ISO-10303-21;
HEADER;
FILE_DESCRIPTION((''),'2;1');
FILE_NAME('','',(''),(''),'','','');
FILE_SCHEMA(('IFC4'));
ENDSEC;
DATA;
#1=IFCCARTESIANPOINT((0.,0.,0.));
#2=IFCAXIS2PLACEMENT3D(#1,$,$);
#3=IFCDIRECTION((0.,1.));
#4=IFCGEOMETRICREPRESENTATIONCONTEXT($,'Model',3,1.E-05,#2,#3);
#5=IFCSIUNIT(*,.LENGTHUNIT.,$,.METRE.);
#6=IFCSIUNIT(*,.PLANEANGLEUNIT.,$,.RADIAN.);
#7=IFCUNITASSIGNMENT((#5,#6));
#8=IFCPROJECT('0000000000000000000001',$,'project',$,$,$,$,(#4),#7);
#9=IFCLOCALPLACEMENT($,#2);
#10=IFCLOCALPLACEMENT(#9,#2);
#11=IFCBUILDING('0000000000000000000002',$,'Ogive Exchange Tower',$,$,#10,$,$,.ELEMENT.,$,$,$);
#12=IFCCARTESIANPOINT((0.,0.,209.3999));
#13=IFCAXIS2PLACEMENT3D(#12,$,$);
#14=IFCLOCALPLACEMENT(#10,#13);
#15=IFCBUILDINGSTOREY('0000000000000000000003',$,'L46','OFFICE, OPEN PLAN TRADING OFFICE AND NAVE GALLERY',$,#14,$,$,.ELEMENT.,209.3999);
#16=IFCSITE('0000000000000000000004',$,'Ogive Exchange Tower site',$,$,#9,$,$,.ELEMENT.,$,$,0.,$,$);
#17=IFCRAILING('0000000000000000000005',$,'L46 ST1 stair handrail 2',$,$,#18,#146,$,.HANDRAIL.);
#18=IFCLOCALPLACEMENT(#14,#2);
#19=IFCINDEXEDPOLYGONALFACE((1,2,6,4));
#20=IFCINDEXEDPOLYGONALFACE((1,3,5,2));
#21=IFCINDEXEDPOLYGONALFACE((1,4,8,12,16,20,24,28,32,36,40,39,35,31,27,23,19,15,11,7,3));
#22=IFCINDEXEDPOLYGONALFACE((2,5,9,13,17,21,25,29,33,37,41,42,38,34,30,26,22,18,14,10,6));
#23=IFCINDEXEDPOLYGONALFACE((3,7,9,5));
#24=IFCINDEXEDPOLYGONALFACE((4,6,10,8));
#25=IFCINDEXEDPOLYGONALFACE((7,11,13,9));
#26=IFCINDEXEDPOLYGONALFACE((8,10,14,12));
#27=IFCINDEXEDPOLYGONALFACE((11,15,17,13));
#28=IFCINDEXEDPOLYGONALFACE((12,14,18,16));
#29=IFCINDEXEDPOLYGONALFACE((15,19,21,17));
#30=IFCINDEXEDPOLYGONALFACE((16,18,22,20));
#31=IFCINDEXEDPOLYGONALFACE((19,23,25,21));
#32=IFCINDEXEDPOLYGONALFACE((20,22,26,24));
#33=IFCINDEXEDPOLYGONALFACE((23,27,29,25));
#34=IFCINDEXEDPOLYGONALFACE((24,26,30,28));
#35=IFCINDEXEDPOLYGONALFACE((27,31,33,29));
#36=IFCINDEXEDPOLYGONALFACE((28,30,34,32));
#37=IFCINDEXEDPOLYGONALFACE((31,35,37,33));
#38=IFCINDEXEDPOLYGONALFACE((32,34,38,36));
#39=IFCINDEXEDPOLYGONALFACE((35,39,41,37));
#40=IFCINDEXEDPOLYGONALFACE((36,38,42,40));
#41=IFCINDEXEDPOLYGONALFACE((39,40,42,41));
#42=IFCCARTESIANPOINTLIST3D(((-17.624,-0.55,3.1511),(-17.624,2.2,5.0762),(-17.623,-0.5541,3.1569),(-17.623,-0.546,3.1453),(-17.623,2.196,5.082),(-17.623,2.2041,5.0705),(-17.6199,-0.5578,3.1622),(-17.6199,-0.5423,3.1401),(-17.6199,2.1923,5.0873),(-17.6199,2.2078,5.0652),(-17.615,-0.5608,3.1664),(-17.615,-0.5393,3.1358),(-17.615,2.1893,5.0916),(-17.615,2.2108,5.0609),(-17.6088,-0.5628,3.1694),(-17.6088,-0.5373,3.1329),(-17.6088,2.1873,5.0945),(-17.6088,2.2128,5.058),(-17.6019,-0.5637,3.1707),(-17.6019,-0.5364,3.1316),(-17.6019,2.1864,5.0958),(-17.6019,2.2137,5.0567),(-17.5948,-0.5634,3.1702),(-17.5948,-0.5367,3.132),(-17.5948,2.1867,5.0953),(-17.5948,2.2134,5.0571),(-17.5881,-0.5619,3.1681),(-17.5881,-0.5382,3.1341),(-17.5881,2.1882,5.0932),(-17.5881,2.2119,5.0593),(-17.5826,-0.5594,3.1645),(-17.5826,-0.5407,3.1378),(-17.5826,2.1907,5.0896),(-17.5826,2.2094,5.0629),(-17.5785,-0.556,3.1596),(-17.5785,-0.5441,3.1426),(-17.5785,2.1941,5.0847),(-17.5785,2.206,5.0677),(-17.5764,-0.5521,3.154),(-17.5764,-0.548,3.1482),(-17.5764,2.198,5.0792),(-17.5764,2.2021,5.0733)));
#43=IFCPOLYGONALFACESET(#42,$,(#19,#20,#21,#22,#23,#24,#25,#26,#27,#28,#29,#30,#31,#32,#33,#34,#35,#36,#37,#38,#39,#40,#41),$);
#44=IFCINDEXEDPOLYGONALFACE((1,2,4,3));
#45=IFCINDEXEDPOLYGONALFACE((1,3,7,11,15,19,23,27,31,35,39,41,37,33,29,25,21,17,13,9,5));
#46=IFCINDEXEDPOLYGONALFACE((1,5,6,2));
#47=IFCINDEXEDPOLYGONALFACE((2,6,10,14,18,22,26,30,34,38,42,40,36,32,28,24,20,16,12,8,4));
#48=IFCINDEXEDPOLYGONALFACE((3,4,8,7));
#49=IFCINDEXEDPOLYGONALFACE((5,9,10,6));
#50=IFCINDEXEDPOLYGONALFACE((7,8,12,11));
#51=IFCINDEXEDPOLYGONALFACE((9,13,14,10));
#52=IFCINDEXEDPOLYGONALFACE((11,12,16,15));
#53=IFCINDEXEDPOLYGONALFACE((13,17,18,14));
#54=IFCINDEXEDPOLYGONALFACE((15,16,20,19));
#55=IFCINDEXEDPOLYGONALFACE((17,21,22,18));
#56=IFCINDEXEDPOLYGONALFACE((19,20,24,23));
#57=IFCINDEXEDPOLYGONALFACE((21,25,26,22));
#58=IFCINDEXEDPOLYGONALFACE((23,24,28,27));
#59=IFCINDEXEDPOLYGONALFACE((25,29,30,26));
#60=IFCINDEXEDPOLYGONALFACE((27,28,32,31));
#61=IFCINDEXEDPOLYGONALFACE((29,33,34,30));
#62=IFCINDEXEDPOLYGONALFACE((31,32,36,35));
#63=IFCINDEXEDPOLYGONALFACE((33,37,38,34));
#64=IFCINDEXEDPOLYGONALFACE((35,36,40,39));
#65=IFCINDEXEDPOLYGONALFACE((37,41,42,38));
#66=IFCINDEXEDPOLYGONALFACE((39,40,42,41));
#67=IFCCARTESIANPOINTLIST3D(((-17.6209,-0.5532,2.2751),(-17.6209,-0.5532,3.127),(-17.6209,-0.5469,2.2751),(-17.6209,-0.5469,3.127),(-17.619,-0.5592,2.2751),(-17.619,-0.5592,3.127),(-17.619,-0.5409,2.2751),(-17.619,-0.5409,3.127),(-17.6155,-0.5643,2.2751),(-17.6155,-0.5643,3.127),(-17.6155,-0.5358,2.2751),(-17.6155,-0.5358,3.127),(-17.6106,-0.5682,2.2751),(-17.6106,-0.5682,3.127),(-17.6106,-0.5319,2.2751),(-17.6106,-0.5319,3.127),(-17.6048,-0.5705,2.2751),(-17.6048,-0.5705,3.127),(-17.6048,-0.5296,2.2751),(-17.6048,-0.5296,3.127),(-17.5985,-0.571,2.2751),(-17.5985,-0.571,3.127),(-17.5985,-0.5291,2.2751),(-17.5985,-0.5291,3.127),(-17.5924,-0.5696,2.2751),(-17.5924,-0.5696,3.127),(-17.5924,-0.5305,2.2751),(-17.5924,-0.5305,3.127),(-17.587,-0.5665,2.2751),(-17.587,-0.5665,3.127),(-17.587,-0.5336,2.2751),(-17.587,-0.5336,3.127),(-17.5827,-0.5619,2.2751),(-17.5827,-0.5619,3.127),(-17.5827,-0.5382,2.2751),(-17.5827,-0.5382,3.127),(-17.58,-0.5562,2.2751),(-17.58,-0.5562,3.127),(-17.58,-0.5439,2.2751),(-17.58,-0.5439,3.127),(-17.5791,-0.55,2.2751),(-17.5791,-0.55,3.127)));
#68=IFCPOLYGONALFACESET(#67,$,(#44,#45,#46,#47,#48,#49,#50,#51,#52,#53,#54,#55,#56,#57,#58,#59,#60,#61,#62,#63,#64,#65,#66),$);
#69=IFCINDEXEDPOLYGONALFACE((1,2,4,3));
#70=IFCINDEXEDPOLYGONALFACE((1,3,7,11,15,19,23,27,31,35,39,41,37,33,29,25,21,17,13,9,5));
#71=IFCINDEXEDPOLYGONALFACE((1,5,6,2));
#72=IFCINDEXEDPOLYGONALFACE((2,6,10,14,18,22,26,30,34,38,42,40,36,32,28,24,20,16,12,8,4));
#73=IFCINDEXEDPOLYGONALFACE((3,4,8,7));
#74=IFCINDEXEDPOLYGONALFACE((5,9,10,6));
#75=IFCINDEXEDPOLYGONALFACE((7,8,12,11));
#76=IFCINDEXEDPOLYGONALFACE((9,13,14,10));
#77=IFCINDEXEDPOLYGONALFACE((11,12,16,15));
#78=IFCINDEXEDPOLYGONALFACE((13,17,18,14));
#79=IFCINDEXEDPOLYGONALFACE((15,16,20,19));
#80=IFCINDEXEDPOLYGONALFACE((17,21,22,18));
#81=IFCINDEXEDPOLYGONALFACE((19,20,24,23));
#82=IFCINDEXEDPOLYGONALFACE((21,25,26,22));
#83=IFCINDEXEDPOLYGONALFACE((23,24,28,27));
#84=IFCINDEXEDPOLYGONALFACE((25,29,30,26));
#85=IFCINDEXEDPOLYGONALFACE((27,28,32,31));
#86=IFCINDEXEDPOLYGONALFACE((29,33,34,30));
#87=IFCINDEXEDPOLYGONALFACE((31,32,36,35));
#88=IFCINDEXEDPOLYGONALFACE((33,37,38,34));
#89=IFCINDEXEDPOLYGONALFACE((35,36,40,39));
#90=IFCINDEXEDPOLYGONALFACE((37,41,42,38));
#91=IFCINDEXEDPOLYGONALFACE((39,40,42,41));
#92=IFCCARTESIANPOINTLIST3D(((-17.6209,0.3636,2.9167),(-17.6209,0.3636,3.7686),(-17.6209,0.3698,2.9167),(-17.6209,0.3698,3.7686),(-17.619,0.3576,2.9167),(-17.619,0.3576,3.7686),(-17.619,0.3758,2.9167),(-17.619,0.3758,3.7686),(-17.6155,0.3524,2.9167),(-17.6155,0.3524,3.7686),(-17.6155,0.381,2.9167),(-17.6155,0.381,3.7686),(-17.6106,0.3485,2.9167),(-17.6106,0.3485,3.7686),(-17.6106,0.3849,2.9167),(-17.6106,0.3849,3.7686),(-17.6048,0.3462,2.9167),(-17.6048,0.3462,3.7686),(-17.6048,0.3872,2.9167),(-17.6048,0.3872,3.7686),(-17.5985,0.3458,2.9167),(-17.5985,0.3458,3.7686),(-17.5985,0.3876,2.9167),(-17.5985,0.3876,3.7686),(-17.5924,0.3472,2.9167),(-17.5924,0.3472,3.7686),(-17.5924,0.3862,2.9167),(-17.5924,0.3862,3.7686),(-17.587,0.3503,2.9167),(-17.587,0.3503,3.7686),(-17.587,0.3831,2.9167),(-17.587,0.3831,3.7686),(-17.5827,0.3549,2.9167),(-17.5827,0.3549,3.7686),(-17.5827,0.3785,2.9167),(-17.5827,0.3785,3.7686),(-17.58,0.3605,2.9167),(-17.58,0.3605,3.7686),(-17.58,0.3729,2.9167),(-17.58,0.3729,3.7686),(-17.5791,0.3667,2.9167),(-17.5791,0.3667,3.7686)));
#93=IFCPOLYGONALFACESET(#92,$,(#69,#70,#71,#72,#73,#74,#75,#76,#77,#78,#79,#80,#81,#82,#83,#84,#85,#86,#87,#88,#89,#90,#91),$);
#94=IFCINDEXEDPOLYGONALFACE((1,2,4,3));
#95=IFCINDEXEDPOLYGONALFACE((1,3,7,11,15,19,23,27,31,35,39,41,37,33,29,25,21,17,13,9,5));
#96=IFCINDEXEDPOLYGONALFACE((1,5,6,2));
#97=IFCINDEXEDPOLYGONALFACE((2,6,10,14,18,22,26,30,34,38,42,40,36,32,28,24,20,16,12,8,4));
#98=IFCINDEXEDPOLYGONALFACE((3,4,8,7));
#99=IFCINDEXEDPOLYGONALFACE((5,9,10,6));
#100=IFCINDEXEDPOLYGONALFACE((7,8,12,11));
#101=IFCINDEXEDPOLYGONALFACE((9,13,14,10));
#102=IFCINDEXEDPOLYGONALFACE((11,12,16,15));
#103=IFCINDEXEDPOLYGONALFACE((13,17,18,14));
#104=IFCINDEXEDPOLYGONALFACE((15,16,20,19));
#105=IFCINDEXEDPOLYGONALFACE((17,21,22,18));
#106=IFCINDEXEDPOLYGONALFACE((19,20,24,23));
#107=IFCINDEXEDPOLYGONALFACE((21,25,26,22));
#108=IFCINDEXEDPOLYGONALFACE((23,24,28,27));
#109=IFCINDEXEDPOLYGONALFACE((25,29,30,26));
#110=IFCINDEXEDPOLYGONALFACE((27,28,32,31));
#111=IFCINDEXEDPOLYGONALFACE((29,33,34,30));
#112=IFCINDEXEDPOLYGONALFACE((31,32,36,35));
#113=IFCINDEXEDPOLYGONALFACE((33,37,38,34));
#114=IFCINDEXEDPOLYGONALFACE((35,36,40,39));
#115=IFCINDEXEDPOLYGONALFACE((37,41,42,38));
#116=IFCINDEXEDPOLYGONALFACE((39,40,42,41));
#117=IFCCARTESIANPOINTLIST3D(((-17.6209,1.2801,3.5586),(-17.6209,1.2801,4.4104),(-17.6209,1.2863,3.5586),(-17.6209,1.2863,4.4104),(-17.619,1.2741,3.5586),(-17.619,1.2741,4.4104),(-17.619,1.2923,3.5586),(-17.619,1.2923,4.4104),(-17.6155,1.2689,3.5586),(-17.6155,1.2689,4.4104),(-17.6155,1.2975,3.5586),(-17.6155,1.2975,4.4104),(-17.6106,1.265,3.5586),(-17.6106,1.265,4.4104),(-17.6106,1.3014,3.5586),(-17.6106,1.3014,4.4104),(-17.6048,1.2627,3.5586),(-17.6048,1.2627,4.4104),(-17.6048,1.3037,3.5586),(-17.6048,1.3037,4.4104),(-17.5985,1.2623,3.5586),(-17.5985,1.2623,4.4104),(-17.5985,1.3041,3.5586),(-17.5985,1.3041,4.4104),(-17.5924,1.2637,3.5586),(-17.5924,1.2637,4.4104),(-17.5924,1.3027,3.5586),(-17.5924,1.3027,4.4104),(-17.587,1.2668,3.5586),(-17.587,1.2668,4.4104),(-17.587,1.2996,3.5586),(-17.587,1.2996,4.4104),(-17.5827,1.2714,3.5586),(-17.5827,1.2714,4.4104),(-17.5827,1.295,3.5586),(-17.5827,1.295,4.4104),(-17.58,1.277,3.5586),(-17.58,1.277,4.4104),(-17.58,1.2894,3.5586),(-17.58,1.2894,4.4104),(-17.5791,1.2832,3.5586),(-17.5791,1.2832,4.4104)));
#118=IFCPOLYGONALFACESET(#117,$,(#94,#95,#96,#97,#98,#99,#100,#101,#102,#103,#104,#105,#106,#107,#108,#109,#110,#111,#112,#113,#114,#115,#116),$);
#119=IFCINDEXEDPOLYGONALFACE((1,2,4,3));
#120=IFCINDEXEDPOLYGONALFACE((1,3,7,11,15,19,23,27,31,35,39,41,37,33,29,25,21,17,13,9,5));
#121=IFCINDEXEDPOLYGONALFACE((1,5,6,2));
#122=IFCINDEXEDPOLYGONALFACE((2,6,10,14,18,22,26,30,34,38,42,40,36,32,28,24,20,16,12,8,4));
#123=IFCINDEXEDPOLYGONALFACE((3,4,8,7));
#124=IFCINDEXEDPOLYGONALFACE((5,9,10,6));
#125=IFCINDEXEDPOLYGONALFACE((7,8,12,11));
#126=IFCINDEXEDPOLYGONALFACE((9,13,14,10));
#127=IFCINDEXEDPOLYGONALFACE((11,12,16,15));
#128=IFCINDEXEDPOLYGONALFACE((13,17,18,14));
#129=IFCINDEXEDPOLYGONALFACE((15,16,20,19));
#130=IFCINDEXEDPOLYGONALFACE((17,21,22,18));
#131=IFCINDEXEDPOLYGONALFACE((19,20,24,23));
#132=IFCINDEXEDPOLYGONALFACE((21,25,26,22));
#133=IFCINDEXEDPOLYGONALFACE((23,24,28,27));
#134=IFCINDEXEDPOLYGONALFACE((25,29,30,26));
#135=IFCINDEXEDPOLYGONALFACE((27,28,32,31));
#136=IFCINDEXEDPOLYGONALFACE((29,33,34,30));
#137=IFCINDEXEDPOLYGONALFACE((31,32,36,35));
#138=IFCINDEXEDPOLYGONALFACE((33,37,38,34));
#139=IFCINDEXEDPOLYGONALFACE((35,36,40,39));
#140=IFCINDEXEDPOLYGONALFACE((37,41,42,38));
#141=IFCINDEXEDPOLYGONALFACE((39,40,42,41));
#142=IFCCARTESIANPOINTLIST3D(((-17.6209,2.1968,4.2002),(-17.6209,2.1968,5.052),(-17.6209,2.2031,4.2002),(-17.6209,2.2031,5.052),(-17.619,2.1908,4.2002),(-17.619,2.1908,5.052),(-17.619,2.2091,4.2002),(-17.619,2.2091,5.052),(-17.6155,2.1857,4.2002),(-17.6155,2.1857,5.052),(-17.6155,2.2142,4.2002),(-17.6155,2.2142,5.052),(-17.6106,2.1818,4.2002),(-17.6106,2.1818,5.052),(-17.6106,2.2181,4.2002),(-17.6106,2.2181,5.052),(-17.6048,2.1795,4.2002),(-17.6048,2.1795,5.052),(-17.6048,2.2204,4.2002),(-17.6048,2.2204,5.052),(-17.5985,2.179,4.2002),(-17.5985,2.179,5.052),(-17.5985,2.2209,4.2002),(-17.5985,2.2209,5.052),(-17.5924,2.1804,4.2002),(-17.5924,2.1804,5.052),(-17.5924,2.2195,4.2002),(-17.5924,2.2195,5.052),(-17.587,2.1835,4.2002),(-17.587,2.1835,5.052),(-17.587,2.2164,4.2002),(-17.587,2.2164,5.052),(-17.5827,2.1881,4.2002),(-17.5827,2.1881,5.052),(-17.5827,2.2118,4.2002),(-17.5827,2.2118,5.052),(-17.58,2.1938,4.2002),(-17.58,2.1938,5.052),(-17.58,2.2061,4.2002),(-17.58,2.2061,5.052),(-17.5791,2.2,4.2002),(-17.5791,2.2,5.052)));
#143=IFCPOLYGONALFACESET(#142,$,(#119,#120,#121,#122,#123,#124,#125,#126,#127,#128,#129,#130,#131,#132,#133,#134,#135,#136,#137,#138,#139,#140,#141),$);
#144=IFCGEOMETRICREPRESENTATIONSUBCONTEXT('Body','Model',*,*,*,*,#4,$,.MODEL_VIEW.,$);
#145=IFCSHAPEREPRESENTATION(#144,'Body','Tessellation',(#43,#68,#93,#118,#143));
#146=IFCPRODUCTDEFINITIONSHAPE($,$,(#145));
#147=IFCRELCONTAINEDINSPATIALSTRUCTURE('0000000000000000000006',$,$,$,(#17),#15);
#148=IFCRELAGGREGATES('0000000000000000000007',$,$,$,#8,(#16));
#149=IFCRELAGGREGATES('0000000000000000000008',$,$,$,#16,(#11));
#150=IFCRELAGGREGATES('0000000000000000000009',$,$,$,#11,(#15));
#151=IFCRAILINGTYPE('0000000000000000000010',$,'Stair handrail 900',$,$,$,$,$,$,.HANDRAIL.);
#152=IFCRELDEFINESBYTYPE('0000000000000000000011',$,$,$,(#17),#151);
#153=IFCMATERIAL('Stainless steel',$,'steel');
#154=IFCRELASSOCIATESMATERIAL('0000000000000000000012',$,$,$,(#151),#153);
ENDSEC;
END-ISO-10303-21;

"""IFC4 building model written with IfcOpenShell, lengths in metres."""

from ifc_helpers import new_model, si_unit, direction, frame, origin, origin_2d, place, context, subcontext, project, spatial, circle, extrude, material, type_object, element, save


model = new_model("IFC4")

# Units and contexts
model_context = context("Model", 3, precision=1e-05, world=origin(), true_north=direction((0.0, 1.0)))
body_context = subcontext(model_context, "Body", "Model", "MODEL_VIEW")
ifc_project = project(units=[si_unit("LENGTHUNIT", "METRE"), si_unit("PLANEANGLEUNIT", "RADIAN")], contexts=[model_context])

# Site, building, storey
site_placement = place(None, origin())
site = spatial("IfcSite", under=ifc_project, at=site_placement, Name="Ogive Exchange Tower site", CompositionType="ELEMENT", RefElevation=0.0)
building_placement = place(site_placement, origin())
building = spatial("IfcBuilding", under=site, at=building_placement, Name="Ogive Exchange Tower", CompositionType="ELEMENT")
storey_placement = place(building_placement, frame((0.0, 0.0, 209.3999)))
storey = spatial("IfcBuildingStorey", under=building, at=storey_placement, Name="L46", Description="OFFICE, OPEN PLAN TRADING OFFICE AND NAVE GALLERY", CompositionType="ELEMENT", Elevation=209.3999)

# Shared definitions
ifc_material_1 = material(Name="Stainless steel", Category="steel")

# Railing
railing_type = type_object("IfcRailingType", Name="Stair handrail 900", PredefinedType="HANDRAIL", material=ifc_material_1)
railing_1_placement = place(storey_placement, frame((-17.6001, -0.55, 2.2751)))
element("IfcRailing", 1, at=railing_1_placement, inside=storey, type_object=railing_type, Name="L46 ST1 stair handrail 2", PredefinedType="HANDRAIL", context=body_context, shape_type="SweptSolid", body=[
    extrude(circle(Radius=0.0239, at=origin_2d()), frame((0.0, 0.0, 0.876), z_axis=(0.0, 0.819225, 0.573472), x_axis=(-1.0, 0.0, 0.0)), (0.0, 0.0, 1.0), 3.3569),
    extrude(circle(Radius=0.021, at=origin_2d()), origin(), (0.0, 0.0, 1.0), 0.8518),
    extrude(circle(Radius=0.021, at=origin_2d()), frame((0.0, 0.9167, 0.6416)), (0.0, 0.0, 1.0), 0.8518),
    extrude(circle(Radius=0.021, at=origin_2d()), frame((0.0, 1.8333, 1.2834)), (0.0, 0.0, 1.0), 0.8518),
    extrude(circle(Radius=0.021, at=origin_2d()), frame((0.0, 2.75, 1.925)), (0.0, 0.0, 1.0), 0.8518),
])

save(model, "model.ifc")
